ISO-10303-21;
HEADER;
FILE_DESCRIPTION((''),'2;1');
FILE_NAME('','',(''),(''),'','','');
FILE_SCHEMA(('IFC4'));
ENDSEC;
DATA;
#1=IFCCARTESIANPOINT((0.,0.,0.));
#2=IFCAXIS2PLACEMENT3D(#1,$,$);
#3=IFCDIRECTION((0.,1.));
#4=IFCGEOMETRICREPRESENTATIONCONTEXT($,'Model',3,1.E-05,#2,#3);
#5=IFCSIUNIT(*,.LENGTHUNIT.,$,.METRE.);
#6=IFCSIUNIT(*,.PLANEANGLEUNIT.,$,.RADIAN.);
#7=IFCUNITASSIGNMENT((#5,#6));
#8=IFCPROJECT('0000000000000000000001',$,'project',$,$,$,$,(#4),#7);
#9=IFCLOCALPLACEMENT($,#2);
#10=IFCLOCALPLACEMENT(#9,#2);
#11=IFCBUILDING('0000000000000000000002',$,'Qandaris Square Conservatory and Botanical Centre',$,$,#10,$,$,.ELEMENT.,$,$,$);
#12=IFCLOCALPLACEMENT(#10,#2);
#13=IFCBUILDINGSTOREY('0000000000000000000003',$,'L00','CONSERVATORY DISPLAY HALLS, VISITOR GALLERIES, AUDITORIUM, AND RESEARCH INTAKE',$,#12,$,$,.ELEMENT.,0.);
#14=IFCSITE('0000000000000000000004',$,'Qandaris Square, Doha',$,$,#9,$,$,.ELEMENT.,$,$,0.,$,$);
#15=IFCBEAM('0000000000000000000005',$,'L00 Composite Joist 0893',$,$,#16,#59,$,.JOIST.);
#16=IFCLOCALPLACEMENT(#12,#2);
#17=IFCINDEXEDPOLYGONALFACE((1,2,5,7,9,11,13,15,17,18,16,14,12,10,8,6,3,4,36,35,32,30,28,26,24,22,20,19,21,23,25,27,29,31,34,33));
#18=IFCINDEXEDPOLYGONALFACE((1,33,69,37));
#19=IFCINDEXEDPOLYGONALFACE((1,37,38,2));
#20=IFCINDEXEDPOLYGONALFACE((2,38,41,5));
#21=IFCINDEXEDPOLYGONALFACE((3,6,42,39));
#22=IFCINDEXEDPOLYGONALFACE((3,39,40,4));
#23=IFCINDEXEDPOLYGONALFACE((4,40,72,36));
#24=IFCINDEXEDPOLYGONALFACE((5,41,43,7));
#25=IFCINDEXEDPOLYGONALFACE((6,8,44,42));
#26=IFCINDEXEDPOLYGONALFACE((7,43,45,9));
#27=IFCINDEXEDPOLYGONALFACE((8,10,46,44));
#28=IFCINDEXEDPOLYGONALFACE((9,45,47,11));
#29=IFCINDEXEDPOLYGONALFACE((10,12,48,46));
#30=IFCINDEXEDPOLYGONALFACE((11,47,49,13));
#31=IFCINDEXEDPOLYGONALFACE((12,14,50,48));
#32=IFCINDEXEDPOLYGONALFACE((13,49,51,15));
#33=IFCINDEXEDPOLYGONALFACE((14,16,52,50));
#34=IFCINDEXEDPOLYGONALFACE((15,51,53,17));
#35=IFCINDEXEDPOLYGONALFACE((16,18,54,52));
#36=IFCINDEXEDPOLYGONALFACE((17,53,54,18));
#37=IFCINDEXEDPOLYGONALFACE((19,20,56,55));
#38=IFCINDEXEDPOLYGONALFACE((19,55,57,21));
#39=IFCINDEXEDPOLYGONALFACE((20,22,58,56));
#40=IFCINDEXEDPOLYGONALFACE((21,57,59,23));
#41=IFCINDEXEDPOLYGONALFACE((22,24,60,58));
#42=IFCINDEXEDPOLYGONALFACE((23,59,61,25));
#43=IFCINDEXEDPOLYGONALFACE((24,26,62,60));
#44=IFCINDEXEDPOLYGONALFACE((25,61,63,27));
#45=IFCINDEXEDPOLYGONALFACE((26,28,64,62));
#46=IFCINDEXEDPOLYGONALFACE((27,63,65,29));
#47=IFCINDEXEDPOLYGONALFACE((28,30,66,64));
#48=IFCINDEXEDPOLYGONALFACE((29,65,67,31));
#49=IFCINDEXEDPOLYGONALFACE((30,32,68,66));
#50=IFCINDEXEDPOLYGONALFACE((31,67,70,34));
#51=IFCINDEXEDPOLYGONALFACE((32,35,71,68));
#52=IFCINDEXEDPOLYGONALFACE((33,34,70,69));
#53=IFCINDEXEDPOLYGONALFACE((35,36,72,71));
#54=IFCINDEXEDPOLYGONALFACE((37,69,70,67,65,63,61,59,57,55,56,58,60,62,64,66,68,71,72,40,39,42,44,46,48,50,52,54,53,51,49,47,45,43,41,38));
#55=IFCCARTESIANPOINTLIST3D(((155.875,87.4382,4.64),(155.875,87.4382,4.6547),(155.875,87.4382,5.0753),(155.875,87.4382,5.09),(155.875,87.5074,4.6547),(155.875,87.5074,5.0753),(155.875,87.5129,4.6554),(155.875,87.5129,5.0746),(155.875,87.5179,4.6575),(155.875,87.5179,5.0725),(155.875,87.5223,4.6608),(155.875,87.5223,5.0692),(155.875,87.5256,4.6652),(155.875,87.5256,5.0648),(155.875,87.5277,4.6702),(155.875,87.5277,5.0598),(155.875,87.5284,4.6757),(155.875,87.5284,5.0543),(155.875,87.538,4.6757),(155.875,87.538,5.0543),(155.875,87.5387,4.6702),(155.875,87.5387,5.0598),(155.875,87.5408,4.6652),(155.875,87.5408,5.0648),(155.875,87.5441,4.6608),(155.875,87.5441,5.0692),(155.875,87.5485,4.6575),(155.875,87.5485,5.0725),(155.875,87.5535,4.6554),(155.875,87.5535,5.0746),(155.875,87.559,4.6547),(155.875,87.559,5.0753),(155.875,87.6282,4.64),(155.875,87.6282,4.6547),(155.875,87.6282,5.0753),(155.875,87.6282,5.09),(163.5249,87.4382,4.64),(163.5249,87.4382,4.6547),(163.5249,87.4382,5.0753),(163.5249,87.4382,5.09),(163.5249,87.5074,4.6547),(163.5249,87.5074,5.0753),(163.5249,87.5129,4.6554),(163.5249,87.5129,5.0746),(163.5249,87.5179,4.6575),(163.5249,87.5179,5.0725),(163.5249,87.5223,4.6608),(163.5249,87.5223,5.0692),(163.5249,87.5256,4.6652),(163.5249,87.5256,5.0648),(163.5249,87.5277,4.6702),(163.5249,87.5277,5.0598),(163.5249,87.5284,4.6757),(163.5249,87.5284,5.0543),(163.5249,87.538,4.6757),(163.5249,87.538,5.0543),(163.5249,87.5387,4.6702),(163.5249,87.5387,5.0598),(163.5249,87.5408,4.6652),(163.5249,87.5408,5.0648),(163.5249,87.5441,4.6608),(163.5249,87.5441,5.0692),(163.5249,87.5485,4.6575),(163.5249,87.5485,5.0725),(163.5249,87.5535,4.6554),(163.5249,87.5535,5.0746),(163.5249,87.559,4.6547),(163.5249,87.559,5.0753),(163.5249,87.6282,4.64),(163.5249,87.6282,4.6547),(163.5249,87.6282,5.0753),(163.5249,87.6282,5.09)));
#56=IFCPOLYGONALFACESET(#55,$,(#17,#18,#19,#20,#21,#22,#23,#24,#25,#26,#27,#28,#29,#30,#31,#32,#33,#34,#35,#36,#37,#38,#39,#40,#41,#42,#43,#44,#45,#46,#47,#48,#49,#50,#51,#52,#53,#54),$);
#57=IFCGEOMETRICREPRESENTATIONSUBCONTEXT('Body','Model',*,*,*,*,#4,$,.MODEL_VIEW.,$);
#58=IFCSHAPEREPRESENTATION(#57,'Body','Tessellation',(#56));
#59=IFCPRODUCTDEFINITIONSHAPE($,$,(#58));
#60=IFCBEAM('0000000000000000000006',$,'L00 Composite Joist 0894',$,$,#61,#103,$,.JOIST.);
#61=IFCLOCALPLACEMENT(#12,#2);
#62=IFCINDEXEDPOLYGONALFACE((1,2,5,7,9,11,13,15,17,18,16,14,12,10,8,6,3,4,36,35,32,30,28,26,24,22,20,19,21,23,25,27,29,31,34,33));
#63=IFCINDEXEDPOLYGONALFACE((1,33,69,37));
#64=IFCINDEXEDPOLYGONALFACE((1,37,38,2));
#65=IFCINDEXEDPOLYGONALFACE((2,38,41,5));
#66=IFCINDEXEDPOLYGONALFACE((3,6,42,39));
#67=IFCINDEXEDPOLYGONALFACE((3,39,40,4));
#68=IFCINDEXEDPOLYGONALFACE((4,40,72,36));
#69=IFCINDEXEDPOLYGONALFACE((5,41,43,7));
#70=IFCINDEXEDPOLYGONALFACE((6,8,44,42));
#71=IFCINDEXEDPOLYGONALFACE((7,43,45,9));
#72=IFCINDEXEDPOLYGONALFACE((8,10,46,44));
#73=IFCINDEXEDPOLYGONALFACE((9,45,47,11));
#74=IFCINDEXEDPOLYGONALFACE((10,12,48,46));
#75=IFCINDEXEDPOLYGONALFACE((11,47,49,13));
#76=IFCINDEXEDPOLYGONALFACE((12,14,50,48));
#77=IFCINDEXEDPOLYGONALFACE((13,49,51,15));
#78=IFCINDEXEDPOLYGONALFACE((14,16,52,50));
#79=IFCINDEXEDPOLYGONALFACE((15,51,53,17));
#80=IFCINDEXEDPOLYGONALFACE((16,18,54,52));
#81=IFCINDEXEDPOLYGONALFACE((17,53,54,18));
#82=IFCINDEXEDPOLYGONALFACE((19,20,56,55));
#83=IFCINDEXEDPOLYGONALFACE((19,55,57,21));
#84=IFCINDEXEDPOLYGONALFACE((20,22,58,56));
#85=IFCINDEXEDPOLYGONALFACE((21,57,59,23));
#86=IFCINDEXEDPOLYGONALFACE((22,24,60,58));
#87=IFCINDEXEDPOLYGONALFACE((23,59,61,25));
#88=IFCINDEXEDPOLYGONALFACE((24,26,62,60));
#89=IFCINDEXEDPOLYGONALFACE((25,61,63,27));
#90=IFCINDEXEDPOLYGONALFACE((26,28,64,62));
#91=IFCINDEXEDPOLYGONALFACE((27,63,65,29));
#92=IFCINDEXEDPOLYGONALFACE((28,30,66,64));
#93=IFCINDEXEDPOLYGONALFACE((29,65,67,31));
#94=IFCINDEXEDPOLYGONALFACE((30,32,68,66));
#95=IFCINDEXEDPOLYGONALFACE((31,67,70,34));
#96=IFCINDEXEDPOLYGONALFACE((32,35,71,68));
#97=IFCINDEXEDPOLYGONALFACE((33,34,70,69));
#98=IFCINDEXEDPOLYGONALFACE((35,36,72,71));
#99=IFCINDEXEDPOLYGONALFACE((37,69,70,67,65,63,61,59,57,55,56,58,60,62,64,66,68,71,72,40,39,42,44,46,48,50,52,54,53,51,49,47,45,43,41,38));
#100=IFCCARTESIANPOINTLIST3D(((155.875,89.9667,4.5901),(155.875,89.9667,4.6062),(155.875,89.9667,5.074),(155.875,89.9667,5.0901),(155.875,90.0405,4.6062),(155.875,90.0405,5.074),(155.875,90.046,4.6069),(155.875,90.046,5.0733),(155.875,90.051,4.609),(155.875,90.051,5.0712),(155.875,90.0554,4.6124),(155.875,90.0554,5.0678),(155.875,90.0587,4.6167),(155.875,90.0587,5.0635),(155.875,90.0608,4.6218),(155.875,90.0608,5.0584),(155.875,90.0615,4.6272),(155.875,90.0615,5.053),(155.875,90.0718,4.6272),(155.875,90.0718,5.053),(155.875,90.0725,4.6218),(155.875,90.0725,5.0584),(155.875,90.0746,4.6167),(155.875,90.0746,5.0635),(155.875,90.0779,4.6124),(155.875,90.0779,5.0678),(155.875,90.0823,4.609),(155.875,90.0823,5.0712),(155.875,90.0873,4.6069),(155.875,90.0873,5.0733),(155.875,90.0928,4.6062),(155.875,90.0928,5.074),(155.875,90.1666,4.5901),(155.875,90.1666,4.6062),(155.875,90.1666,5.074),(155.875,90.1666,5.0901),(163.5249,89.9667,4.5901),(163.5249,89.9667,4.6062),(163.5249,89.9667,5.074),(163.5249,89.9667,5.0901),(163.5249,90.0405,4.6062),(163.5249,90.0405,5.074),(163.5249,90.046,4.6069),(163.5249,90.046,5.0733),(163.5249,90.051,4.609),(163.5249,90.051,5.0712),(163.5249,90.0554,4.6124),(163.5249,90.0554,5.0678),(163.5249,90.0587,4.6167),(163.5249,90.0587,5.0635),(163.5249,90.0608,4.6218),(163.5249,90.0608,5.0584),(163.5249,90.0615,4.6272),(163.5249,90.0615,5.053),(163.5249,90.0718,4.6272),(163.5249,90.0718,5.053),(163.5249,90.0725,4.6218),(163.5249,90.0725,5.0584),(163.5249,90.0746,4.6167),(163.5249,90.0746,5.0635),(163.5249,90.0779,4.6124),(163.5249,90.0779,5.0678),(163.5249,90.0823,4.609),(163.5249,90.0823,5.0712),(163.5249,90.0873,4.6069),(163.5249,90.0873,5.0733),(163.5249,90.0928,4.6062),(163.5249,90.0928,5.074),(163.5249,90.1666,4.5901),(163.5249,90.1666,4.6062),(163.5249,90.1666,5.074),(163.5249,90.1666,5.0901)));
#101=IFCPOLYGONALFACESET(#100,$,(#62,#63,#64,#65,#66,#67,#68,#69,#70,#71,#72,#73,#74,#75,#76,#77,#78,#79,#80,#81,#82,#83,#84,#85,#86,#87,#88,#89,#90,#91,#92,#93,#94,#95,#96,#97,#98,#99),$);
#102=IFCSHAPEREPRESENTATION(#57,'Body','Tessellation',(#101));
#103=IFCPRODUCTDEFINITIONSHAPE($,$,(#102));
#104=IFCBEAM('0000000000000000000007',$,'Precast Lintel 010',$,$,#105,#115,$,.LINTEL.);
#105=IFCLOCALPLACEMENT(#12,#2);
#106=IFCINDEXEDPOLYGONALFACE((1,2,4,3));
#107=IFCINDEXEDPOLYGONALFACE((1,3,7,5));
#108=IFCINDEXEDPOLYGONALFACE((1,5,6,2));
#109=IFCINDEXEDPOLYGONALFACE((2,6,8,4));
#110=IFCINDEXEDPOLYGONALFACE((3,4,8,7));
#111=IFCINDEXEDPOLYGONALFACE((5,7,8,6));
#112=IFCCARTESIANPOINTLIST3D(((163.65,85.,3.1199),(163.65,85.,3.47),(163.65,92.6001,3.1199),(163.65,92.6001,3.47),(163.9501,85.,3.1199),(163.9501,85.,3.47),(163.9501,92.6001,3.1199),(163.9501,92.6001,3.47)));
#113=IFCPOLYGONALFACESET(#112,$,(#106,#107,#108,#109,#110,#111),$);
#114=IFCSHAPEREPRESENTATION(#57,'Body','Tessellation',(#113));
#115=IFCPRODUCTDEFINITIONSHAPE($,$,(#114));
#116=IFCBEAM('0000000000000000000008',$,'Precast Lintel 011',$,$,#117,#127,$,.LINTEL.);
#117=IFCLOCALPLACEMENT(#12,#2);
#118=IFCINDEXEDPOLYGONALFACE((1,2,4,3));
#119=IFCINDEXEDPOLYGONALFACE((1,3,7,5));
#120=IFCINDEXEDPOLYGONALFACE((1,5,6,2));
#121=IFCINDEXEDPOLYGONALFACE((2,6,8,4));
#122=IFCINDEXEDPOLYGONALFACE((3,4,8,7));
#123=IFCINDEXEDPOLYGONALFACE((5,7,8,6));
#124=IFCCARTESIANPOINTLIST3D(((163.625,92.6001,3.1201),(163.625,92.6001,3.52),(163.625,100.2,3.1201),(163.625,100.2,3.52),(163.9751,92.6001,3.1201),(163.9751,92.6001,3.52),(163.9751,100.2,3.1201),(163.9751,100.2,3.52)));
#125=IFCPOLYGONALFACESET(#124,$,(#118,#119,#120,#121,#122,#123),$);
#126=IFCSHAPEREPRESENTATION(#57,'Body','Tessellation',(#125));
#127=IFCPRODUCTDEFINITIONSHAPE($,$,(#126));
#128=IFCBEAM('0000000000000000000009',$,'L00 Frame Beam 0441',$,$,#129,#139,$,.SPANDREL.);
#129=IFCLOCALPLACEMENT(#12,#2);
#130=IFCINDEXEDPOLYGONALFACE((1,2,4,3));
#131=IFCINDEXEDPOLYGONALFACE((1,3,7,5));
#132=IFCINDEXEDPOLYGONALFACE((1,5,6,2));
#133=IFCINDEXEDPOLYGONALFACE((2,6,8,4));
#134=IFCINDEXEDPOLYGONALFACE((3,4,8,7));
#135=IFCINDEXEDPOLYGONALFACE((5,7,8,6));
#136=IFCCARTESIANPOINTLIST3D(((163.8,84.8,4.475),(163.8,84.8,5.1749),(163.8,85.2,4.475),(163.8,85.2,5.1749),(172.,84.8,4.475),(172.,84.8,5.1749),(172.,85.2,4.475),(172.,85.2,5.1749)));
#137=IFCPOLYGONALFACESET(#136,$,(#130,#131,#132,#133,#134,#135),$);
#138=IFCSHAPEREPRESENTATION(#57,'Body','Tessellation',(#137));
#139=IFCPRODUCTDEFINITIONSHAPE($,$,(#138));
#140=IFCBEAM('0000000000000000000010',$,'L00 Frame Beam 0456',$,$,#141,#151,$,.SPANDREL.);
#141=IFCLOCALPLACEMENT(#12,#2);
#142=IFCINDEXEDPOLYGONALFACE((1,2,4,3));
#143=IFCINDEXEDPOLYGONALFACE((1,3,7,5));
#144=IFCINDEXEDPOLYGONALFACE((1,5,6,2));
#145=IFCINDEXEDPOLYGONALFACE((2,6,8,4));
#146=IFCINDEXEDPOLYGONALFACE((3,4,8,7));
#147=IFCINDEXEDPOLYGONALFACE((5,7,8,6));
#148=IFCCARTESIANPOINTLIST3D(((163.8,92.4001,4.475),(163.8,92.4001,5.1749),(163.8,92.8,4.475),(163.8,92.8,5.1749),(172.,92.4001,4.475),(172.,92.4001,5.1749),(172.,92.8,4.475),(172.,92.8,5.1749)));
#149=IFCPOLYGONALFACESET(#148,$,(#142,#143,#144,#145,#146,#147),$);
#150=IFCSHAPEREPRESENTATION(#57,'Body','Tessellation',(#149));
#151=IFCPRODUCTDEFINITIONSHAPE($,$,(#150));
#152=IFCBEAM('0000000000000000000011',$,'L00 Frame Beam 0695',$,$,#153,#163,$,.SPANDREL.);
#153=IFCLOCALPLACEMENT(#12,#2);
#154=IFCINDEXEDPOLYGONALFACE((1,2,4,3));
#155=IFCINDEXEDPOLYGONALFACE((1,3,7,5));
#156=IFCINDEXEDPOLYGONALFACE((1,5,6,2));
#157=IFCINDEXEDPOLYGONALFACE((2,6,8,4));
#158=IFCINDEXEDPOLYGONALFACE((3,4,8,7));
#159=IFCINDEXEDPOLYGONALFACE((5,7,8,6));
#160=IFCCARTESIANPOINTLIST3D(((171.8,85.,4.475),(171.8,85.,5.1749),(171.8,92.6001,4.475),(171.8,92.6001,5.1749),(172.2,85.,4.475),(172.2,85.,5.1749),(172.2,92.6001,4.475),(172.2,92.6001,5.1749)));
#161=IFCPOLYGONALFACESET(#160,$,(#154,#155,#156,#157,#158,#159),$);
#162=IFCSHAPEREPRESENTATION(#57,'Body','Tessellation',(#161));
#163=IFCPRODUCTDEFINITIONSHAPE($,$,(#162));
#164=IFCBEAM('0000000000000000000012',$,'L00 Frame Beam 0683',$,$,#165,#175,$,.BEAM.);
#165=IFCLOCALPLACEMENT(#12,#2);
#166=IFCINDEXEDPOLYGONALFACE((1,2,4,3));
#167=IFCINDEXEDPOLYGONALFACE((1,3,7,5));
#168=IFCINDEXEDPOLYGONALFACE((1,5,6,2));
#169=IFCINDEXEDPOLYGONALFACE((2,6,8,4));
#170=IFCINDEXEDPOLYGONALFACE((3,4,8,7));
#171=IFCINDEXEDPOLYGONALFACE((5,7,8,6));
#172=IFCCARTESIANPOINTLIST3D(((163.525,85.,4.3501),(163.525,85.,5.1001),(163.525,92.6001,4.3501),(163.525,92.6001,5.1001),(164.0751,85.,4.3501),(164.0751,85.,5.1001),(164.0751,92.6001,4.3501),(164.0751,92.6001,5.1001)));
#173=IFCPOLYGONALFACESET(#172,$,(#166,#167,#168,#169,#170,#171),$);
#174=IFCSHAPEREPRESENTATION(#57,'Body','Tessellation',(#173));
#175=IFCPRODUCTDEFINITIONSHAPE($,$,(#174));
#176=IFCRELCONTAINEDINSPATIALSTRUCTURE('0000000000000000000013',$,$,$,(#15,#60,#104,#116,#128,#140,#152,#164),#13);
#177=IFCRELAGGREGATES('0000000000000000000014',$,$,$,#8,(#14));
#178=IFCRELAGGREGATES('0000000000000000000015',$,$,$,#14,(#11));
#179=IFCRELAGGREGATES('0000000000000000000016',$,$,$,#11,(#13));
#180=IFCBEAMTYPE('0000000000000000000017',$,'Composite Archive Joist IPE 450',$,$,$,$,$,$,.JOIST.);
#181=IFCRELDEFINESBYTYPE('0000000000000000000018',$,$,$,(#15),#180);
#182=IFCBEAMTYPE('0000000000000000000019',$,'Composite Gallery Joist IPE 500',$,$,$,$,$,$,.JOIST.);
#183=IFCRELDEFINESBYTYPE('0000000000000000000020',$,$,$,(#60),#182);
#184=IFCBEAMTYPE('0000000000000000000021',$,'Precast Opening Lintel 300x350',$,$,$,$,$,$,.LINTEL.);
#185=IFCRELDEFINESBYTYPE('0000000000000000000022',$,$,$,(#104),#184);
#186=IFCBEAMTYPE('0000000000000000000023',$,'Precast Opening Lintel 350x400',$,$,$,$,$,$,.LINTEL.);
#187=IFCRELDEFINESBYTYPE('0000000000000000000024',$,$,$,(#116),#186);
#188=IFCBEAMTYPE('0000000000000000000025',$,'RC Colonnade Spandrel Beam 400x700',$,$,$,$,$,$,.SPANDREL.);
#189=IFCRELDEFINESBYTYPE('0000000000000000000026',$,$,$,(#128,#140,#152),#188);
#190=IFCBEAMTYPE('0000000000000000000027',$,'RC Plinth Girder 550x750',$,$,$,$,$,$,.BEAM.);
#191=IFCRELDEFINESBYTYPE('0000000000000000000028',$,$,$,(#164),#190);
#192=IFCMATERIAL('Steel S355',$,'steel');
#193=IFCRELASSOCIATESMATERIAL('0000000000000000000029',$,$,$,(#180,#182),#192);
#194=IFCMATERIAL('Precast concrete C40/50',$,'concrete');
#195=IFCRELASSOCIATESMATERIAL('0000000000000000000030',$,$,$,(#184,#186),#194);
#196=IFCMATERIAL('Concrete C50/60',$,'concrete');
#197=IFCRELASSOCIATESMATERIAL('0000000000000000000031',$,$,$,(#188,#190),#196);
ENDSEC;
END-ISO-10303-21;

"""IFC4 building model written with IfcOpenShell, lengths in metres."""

from ifc_helpers import new_model, si_unit, direction, frame, origin, origin_2d, place, context, subcontext, project, spatial, rectangle, i_section, extrude, material, material_profile, profile_set, type_object, element, save


model = new_model("IFC4")

# Units and contexts
model_context = context("Model", 3, precision=1e-05, world=origin(), true_north=direction((0.0, 1.0)))
body_context = subcontext(model_context, "Body", "Model", "MODEL_VIEW")
ifc_project = project(units=[si_unit("LENGTHUNIT", "METRE"), si_unit("PLANEANGLEUNIT", "RADIAN")], contexts=[model_context])

# Site, building, storey
site_placement = place(None, origin())
site = spatial("IfcSite", under=ifc_project, at=site_placement, Name="Qandaris Square, Doha", CompositionType="ELEMENT", RefElevation=0.0)
building_placement = place(site_placement, origin())
building = spatial("IfcBuilding", under=site, at=building_placement, Name="Qandaris Square Conservatory and Botanical Centre", CompositionType="ELEMENT")
storey_placement = place(building_placement, origin())
storey = spatial("IfcBuildingStorey", under=building, at=storey_placement, Name="L00", Description="CONSERVATORY DISPLAY HALLS, VISITOR GALLERIES, AUDITORIUM, AND RESEARCH INTAKE", CompositionType="ELEMENT", Elevation=0.0)

# Shared definitions
ifc_material_1 = material(Name="Concrete C50/60", Category="concrete")

# Beams
ifc_material_2 = material(Name="Steel S355", Category="steel")
ifc_material_profile_1 = material_profile(ifc_material_2, i_section(OverallWidth=0.1899, OverallDepth=0.45, WebThickness=0.0095, FlangeThickness=0.0146, FilletRadius=0.021, at=origin_2d()), Name="IPE 450")
ifc_profile_set_1 = profile_set([ifc_material_profile_1], Name="Steel S355")
beam_type_1 = type_object("IfcBeamType", Name="Composite Archive Joist IPE 450", PredefinedType="JOIST", material=ifc_profile_set_1)
for number, where, z_axis, x_axis, name in (
    (1, (155.875, 87.5332, 4.865), (1.0, 0.0, 0.0), (0.0, 1.0, 0.0), "L00 Composite Joist 0893"),
):
    element("IfcBeam", number, at=place(storey_placement, frame(where, z_axis=z_axis, x_axis=x_axis)), inside=storey, type_object=beam_type_1, Name=name, PredefinedType="JOIST", context=body_context, shape_type="SweptSolid", body=[
        extrude(i_section(OverallWidth=0.1899, OverallDepth=0.45, WebThickness=0.0095, FlangeThickness=0.0146, FilletRadius=0.021, at=origin_2d()), origin(), (0.0, 0.0, 1.0), 7.6499),
    ])
ifc_material_profile_2 = material_profile(ifc_material_2, i_section(OverallWidth=0.2, OverallDepth=0.5, WebThickness=0.0103, FlangeThickness=0.0161, FilletRadius=0.021, at=origin_2d()), Name="IPE 500")
ifc_profile_set_2 = profile_set([ifc_material_profile_2], Name="Steel S355")
beam_type_2 = type_object("IfcBeamType", Name="Composite Gallery Joist IPE 500", PredefinedType="JOIST", material=ifc_profile_set_2)
beam_1_placement = place(storey_placement, frame((155.875, 90.0667, 4.8401), z_axis=(1.0, 0.0, 0.0), x_axis=(0.0, 1.0, 0.0)))
element("IfcBeam", 2, at=beam_1_placement, inside=storey, type_object=beam_type_2, Name="L00 Composite Joist 0894", PredefinedType="JOIST", context=body_context, shape_type="SweptSolid", body=[
    extrude(i_section(OverallWidth=0.2, OverallDepth=0.5, WebThickness=0.0103, FlangeThickness=0.0161, FilletRadius=0.021, at=origin_2d()), origin(), (0.0, 0.0, 1.0), 7.6499),
])
ifc_material_3 = material(Name="Precast concrete C40/50", Category="concrete")
ifc_material_profile_3 = material_profile(ifc_material_3, rectangle(XDim=0.3, YDim=0.3501, at=origin_2d()), Name="RC-LN 300x350")
ifc_profile_set_3 = profile_set([ifc_material_profile_3], Name="Precast concrete C40/50")
beam_type_3 = type_object("IfcBeamType", Name="Precast Opening Lintel 300x350", PredefinedType="LINTEL", material=ifc_profile_set_3)
beam_2_placement = place(storey_placement, frame((163.8, 85.0, 3.2949), z_axis=(0.0, 1.0, 0.0), x_axis=(-1.0, 0.0, 0.0)))
element("IfcBeam", 3, at=beam_2_placement, inside=storey, type_object=beam_type_3, Name="Precast Lintel 010", PredefinedType="LINTEL", context=body_context, shape_type="SweptSolid", body=[
    extrude(rectangle(XDim=0.3, YDim=0.3501, at=origin_2d()), origin(), (0.0, 0.0, 1.0), 7.6001),
])
ifc_material_profile_4 = material_profile(ifc_material_3, rectangle(XDim=0.3501, YDim=0.3999, at=origin_2d()), Name="RC-LN 350x400")
ifc_profile_set_4 = profile_set([ifc_material_profile_4], Name="Precast concrete C40/50")
beam_type_4 = type_object("IfcBeamType", Name="Precast Opening Lintel 350x400", PredefinedType="LINTEL", material=ifc_profile_set_4)
beam_3_placement = place(storey_placement, frame((163.8, 92.6001, 3.3201), z_axis=(0.0, 1.0, 0.0), x_axis=(-1.0, 0.0, 0.0)))
element("IfcBeam", 4, at=beam_3_placement, inside=storey, type_object=beam_type_4, Name="Precast Lintel 011", PredefinedType="LINTEL", context=body_context, shape_type="SweptSolid", body=[
    extrude(rectangle(XDim=0.3501, YDim=0.3999, at=origin_2d()), origin(), (0.0, 0.0, 1.0), 7.5999),
])
ifc_material_profile_5 = material_profile(ifc_material_1, rectangle(XDim=0.3999, YDim=0.7, at=origin_2d()), Name="RC-SP 400x700")
ifc_profile_set_5 = profile_set([ifc_material_profile_5], Name="Concrete C50/60")
beam_type_5 = type_object("IfcBeamType", Name="RC Colonnade Spandrel Beam 400x700", PredefinedType="SPANDREL", material=ifc_profile_set_5)
for number, where, z_axis, x_axis, name in (
    (5, (163.8, 85.0, 4.825), (1.0, 0.0, 0.0), (0.0, 1.0, 0.0), "L00 Frame Beam 0441"),
    (6, (163.8, 92.6001, 4.825), (1.0, 0.0, 0.0), (0.0, 1.0, 0.0), "L00 Frame Beam 0456"),
):
    element("IfcBeam", number, at=place(storey_placement, frame(where, z_axis=z_axis, x_axis=x_axis)), inside=storey, type_object=beam_type_5, Name=name, PredefinedType="SPANDREL", context=body_context, shape_type="SweptSolid", body=[
        extrude(rectangle(XDim=0.3999, YDim=0.7, at=origin_2d()), origin(), (0.0, 0.0, 1.0), 8.2),
    ])
beam_4_placement = place(storey_placement, frame((172.0, 85.0, 4.825), z_axis=(0.0, 1.0, 0.0), x_axis=(-1.0, 0.0, 0.0)))
element("IfcBeam", 7, at=beam_4_placement, inside=storey, type_object=beam_type_5, Name="L00 Frame Beam 0695", PredefinedType="SPANDREL", context=body_context, shape_type="SweptSolid", body=[
    extrude(rectangle(XDim=0.3999, YDim=0.7, at=origin_2d()), origin(), (0.0, 0.0, 1.0), 7.6001),
])
ifc_material_profile_6 = material_profile(ifc_material_1, rectangle(XDim=0.55, YDim=0.75, at=origin_2d()), Name="RC-BM 550x750")
ifc_profile_set_6 = profile_set([ifc_material_profile_6], Name="Concrete C50/60")
beam_type_6 = type_object("IfcBeamType", Name="RC Plinth Girder 550x750", PredefinedType="BEAM", material=ifc_profile_set_6)
beam_5_placement = place(storey_placement, frame((163.8, 85.0, 4.7251), z_axis=(0.0, 1.0, 0.0), x_axis=(-1.0, 0.0, 0.0)))
element("IfcBeam", 8, at=beam_5_placement, inside=storey, type_object=beam_type_6, Name="L00 Frame Beam 0683", PredefinedType="BEAM", context=body_context, shape_type="SweptSolid", body=[
    extrude(rectangle(XDim=0.55, YDim=0.75, at=origin_2d()), origin(), (0.0, 0.0, 1.0), 7.6001),
])

save(model, "model.ifc")
